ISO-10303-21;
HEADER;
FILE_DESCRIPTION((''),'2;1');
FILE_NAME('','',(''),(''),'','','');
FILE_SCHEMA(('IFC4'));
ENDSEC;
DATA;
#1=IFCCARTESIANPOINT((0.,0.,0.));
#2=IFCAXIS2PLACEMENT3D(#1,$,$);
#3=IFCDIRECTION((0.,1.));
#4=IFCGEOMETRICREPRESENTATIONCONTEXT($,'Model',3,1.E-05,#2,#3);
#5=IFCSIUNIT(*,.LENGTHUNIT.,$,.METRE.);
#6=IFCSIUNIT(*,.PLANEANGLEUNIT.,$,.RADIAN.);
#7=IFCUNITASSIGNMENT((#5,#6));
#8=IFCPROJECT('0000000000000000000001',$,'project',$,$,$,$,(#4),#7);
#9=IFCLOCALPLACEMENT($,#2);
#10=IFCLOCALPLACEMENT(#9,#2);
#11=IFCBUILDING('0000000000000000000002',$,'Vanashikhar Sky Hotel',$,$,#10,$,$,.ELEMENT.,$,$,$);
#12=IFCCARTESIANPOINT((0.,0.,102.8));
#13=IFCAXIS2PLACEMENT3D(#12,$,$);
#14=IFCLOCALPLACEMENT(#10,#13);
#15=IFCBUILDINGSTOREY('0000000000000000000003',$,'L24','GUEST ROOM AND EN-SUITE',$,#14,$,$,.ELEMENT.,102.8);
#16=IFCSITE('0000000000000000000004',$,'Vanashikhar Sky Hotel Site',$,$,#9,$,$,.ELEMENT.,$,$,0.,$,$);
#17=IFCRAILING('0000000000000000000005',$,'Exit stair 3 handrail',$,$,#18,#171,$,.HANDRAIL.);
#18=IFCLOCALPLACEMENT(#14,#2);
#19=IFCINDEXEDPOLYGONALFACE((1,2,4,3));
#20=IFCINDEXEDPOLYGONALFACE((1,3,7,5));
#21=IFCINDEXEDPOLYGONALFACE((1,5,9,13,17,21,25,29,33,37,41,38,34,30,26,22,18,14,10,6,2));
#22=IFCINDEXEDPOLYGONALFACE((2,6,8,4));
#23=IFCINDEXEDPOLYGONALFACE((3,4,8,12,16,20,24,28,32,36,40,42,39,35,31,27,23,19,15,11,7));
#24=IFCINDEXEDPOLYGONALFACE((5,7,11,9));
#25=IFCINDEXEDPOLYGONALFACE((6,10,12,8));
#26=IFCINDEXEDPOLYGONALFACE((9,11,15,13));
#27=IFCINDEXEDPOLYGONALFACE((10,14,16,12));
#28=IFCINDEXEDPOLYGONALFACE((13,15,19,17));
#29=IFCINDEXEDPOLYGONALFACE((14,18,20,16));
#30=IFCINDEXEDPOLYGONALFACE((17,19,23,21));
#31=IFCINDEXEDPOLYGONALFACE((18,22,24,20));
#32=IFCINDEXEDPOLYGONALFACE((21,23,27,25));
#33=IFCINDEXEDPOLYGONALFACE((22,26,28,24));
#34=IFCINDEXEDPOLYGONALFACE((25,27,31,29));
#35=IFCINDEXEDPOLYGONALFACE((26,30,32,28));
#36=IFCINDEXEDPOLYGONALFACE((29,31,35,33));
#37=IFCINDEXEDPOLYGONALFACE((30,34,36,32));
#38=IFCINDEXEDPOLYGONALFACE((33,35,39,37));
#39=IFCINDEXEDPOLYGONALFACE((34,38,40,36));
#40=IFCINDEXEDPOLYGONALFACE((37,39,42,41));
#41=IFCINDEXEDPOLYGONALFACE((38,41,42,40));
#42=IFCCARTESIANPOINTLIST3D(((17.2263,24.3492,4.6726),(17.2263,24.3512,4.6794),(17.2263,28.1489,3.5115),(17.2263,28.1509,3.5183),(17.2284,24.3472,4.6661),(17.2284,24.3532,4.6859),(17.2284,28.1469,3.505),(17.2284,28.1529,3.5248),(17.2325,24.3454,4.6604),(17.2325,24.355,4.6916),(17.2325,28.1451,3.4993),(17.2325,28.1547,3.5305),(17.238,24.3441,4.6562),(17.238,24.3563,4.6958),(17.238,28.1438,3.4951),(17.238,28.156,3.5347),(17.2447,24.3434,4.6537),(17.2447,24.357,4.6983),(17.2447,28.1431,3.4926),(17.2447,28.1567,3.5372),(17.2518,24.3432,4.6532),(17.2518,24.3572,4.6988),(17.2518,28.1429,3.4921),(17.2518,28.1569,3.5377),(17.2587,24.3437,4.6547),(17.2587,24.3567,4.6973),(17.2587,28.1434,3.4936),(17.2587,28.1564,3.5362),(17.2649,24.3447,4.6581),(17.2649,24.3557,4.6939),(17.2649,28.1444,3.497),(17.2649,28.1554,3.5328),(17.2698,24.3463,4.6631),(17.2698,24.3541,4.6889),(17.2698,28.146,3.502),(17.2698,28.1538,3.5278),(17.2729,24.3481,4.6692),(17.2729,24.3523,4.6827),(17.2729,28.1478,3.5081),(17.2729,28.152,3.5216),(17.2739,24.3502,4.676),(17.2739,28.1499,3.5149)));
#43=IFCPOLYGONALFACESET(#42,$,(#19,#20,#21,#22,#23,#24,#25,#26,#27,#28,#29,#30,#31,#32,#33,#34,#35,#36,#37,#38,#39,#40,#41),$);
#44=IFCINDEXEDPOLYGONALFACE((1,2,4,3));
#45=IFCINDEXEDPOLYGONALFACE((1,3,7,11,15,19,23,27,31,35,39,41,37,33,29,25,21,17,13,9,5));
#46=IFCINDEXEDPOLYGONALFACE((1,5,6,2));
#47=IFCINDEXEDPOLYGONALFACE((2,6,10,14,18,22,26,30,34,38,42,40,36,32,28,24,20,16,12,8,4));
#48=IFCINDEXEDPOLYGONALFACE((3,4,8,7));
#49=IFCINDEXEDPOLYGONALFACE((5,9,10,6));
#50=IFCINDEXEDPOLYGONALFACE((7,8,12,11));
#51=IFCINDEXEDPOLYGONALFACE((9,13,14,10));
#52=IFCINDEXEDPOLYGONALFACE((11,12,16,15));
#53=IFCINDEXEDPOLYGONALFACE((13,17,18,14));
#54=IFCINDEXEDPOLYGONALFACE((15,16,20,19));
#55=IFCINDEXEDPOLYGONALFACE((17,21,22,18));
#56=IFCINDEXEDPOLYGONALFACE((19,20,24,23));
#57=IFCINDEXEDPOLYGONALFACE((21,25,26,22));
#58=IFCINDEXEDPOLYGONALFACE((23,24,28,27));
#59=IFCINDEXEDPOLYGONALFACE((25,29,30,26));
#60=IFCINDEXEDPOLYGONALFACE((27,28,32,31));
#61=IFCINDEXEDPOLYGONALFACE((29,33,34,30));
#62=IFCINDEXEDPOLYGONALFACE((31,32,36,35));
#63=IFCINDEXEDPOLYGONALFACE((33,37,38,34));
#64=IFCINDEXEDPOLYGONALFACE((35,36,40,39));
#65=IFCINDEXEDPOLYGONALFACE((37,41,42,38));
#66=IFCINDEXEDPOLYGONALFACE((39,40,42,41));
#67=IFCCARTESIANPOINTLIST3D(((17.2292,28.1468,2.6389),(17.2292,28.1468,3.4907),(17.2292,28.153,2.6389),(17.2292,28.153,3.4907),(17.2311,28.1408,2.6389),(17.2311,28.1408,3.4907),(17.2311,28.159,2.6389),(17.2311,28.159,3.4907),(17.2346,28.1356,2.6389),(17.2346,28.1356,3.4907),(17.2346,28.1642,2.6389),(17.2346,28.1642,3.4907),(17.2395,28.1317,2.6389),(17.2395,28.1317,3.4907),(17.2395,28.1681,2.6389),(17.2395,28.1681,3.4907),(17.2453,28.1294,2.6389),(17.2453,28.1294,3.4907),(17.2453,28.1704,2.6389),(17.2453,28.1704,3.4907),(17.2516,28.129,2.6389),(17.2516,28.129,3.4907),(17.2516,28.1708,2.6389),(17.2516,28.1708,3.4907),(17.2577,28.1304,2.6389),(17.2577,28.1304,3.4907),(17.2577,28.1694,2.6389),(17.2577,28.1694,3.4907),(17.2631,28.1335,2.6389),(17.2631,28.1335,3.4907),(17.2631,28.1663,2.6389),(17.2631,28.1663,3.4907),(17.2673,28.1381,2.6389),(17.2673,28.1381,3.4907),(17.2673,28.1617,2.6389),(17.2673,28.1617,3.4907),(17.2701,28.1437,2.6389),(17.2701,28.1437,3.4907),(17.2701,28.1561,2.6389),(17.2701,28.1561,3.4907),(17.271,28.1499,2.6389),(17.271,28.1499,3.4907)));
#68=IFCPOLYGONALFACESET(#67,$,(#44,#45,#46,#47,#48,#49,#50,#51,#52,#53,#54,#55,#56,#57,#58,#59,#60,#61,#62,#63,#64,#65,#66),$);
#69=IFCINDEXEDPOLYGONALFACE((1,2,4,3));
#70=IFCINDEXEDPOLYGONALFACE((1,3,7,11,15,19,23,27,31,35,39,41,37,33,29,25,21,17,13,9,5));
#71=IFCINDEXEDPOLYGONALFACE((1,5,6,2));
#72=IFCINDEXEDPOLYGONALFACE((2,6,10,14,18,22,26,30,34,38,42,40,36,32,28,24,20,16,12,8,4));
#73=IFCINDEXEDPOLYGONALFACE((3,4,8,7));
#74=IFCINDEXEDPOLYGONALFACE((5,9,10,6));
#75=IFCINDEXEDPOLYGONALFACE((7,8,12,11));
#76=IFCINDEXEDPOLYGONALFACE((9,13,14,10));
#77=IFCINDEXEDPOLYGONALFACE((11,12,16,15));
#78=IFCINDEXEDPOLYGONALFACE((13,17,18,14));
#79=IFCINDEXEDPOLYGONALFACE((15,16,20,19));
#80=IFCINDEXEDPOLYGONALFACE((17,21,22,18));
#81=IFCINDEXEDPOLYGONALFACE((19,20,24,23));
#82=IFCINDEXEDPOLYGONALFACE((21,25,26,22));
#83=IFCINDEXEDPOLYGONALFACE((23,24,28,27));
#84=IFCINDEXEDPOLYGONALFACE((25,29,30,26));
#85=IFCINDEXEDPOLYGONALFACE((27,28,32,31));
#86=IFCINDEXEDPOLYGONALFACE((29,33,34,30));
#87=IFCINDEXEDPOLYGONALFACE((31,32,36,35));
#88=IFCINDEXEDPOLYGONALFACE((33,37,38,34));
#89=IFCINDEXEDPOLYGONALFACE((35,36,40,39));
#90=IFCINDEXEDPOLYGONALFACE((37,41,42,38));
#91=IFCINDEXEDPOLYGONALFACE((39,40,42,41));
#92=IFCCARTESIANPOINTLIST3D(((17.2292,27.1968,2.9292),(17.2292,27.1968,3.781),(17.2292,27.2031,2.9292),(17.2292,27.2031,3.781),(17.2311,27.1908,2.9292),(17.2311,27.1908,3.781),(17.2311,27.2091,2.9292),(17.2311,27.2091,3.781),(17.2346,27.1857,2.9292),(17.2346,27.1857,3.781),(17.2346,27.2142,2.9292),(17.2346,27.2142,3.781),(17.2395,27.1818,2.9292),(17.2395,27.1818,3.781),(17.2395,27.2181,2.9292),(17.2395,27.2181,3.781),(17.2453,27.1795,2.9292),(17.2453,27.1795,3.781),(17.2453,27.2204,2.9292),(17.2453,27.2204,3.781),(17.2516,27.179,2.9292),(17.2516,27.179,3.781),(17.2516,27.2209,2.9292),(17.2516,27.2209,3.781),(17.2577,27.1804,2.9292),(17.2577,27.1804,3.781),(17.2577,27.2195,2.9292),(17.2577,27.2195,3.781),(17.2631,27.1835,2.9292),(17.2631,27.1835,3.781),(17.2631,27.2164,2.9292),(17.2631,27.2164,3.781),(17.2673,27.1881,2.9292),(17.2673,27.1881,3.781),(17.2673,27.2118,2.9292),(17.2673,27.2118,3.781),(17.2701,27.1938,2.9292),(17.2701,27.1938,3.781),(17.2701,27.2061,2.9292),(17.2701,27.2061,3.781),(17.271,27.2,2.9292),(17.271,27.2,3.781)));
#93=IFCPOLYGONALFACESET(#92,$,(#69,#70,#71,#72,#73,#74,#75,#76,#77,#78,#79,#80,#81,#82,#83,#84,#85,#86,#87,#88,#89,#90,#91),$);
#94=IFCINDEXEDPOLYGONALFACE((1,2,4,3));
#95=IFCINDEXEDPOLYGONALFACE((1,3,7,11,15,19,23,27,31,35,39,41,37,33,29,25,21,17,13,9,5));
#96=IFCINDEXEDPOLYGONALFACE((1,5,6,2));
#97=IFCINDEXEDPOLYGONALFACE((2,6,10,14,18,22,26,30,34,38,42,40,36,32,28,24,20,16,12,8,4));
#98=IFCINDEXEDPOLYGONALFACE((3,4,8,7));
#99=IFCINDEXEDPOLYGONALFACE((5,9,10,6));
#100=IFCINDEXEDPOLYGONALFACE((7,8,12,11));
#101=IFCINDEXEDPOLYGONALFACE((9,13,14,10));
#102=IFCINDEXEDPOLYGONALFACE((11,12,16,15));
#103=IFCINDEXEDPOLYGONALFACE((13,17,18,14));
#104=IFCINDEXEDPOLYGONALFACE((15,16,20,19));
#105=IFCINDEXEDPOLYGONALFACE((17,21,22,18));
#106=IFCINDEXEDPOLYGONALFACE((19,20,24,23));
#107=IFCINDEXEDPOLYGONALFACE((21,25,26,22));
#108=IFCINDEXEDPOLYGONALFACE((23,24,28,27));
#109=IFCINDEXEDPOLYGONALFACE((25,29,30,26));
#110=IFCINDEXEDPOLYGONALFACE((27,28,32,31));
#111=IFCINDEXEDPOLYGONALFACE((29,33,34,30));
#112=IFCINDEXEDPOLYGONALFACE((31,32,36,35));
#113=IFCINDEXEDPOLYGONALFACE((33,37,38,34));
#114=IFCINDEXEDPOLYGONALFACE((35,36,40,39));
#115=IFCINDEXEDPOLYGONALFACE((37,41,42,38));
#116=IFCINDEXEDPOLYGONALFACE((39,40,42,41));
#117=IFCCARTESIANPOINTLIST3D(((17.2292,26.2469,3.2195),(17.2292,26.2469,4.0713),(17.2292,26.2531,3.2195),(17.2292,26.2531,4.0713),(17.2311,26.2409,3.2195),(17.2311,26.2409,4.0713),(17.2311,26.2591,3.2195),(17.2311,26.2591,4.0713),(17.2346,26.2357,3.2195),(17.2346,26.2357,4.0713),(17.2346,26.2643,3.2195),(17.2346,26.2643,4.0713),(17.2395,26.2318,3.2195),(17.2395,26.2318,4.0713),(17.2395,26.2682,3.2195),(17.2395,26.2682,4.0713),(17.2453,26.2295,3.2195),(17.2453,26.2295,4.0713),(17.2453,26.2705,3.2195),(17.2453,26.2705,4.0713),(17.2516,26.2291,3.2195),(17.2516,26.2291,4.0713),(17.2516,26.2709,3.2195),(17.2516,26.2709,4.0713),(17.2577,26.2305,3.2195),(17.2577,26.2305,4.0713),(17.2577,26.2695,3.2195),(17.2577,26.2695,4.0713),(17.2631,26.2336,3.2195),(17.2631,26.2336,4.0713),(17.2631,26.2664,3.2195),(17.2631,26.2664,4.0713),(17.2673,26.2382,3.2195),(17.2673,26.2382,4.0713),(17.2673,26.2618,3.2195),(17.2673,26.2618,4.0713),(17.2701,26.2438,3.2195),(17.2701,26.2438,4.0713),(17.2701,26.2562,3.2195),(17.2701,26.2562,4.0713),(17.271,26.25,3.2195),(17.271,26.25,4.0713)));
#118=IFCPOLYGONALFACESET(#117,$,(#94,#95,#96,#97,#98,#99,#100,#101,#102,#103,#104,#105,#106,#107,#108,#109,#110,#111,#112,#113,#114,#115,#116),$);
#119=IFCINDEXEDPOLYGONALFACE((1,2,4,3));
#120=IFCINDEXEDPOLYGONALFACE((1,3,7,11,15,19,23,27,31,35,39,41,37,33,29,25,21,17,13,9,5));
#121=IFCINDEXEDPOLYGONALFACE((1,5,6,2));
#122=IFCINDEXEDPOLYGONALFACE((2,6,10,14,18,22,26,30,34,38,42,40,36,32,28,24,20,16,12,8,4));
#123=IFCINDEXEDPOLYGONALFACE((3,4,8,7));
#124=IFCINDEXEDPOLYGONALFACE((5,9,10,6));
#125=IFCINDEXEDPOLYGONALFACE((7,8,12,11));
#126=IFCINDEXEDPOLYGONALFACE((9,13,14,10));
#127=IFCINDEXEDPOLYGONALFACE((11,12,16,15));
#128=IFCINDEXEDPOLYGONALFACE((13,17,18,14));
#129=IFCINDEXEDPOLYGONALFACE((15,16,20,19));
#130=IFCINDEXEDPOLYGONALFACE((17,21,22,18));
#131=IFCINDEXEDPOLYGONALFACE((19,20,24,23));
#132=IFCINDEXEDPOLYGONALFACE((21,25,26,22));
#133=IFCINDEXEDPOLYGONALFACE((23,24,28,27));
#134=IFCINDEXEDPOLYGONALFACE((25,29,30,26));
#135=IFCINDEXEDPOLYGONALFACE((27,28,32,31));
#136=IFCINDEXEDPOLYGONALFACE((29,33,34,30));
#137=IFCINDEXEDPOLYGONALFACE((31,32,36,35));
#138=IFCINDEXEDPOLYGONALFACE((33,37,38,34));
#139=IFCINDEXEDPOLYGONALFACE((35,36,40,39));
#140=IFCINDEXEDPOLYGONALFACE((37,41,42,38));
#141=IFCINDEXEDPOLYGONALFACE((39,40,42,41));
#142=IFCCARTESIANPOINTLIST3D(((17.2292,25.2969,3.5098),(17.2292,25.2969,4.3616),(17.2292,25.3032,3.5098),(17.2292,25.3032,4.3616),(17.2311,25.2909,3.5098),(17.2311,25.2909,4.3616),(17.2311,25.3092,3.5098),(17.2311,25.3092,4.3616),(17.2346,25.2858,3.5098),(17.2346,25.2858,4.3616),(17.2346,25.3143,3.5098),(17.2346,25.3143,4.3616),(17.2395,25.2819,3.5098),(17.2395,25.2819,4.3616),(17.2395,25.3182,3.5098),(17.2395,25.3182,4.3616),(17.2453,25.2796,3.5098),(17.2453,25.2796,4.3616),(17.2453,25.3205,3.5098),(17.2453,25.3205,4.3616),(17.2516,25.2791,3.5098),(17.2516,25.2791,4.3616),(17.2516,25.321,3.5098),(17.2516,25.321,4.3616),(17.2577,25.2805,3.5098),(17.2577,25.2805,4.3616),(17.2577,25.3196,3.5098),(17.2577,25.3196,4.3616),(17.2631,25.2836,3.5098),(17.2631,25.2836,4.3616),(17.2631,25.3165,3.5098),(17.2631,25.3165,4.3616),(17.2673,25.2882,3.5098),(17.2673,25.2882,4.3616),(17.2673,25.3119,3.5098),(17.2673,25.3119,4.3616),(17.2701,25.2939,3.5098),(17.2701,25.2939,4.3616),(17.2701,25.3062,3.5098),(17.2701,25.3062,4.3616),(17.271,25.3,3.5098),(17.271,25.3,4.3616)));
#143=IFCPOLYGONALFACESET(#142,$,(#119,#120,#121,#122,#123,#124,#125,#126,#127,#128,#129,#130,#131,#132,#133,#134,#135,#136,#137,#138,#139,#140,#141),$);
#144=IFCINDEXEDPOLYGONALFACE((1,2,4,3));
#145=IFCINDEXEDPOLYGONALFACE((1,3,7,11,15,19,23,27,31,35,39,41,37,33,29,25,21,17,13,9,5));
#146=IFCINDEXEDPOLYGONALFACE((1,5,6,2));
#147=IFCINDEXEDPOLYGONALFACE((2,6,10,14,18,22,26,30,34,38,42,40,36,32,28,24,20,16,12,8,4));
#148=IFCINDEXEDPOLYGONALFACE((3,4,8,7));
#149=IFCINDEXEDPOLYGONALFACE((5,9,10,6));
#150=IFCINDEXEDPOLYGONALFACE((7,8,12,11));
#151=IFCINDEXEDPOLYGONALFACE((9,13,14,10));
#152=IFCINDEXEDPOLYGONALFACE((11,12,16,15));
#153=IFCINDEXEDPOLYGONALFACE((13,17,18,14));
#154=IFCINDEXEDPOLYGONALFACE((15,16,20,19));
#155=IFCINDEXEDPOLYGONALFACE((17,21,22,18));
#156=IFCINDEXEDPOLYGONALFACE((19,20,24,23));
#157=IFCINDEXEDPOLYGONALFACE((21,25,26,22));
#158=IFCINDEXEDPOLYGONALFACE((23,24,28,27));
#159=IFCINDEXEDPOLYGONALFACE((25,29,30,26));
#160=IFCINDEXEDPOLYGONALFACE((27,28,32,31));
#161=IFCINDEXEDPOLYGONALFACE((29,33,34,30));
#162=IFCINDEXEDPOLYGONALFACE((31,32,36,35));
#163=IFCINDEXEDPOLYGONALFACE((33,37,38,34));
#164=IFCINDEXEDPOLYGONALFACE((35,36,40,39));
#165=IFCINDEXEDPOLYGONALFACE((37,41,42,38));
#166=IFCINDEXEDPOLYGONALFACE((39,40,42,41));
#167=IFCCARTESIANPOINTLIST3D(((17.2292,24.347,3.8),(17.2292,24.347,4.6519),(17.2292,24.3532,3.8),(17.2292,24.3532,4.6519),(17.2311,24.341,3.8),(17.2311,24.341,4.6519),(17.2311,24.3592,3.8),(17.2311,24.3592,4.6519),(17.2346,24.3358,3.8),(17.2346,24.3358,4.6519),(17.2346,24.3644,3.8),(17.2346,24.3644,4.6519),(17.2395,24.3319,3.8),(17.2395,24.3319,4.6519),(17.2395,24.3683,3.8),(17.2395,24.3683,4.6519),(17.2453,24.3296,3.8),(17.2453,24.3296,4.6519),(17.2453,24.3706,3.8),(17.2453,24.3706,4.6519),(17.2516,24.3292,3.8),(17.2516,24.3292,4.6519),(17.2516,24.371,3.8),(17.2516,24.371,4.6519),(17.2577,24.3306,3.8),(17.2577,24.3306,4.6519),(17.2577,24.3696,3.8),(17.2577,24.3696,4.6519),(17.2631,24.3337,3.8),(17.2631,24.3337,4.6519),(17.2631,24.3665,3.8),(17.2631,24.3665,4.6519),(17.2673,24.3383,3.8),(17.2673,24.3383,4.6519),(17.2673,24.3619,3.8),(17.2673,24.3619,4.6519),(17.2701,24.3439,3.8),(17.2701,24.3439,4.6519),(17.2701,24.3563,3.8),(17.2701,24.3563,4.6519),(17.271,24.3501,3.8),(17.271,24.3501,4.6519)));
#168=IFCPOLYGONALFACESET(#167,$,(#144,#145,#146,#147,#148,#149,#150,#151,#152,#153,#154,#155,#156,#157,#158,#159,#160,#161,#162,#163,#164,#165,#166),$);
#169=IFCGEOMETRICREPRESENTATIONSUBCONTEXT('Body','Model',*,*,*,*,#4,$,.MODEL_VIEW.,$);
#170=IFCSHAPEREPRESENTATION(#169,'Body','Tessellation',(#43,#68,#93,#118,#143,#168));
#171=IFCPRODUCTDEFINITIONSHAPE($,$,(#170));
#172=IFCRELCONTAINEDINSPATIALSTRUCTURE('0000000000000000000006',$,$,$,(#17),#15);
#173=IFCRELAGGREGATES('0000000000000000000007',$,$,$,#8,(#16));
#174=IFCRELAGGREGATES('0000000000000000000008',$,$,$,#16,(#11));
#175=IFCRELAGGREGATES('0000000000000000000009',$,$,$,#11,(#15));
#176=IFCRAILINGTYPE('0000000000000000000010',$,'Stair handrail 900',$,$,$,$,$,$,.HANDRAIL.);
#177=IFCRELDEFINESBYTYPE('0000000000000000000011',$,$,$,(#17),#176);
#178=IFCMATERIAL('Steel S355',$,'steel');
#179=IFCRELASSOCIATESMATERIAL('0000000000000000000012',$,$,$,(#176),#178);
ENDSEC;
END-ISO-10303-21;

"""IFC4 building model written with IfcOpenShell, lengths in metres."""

from ifc_helpers import new_model, si_unit, direction, frame, origin, origin_2d, place, context, subcontext, project, spatial, circle, extrude, source, transform, mapped, material, type_object, element, save


model = new_model("IFC4")

# Units and contexts
model_context = context("Model", 3, precision=1e-05, world=origin(), true_north=direction((0.0, 1.0)))
body_context = subcontext(model_context, "Body", "Model", "MODEL_VIEW")
ifc_project = project(units=[si_unit("LENGTHUNIT", "METRE"), si_unit("PLANEANGLEUNIT", "RADIAN")], contexts=[model_context])

# Site, building, storey
site_placement = place(None, origin())
site = spatial("IfcSite", under=ifc_project, at=site_placement, Name="Vanashikhar Sky Hotel Site", CompositionType="ELEMENT", RefElevation=0.0)
building_placement = place(site_placement, origin())
building = spatial("IfcBuilding", under=site, at=building_placement, Name="Vanashikhar Sky Hotel", CompositionType="ELEMENT")
storey_placement = place(building_placement, frame((0.0, 0.0, 102.8)))
storey = spatial("IfcBuildingStorey", under=building, at=storey_placement, Name="L24", Description="GUEST ROOM AND EN-SUITE", CompositionType="ELEMENT", Elevation=102.8)

# Railing
ifc_material_1 = material(Name="Steel S355", Category="steel")
railing_type = type_object("IfcRailingType", Name="Stair handrail 900", PredefinedType="HANDRAIL", material=ifc_material_1)
shared_shape_1 = source(origin(), body_context, "Body", "SweptSolid", [
    extrude(circle(Radius=0.0239, at=origin_2d()), frame((0.0, 0.0, 0.876), z_axis=(0.0, -0.956346, 0.292237), x_axis=(1.0, 0.0, 0.0)), (0.0, 0.0, 1.0), 3.9731),
    extrude(circle(Radius=0.021, at=origin_2d()), origin(), (0.0, 0.0, 1.0), 0.8518),
    extrude(circle(Radius=0.021, at=origin_2d()), frame((0.0, -0.95, 0.2903)), (0.0, 0.0, 1.0), 0.8518),
    extrude(circle(Radius=0.021, at=origin_2d()), frame((0.0, -1.8999, 0.5806)), (0.0, 0.0, 1.0), 0.8518),
    extrude(circle(Radius=0.021, at=origin_2d()), frame((0.0, -2.8499, 0.8708)), (0.0, 0.0, 1.0), 0.8518),
    extrude(circle(Radius=0.021, at=origin_2d()), frame((0.0, -3.7998, 1.1611)), (0.0, 0.0, 1.0), 0.8518),
])
for number, where, name in (
    (1, (17.25, 28.1499, 2.6389), "Exit stair 3 handrail"),
):
    element("IfcRailing", number, at=place(storey_placement, frame(where)), inside=storey, type_object=railing_type, Name=name, PredefinedType="HANDRAIL", context=body_context, shape_type="MappedRepresentation", body=[
        mapped(shared_shape_1, transform((0.0, 0.0, 0.0), scale=1.0)),
    ])

save(model, "model.ifc")
